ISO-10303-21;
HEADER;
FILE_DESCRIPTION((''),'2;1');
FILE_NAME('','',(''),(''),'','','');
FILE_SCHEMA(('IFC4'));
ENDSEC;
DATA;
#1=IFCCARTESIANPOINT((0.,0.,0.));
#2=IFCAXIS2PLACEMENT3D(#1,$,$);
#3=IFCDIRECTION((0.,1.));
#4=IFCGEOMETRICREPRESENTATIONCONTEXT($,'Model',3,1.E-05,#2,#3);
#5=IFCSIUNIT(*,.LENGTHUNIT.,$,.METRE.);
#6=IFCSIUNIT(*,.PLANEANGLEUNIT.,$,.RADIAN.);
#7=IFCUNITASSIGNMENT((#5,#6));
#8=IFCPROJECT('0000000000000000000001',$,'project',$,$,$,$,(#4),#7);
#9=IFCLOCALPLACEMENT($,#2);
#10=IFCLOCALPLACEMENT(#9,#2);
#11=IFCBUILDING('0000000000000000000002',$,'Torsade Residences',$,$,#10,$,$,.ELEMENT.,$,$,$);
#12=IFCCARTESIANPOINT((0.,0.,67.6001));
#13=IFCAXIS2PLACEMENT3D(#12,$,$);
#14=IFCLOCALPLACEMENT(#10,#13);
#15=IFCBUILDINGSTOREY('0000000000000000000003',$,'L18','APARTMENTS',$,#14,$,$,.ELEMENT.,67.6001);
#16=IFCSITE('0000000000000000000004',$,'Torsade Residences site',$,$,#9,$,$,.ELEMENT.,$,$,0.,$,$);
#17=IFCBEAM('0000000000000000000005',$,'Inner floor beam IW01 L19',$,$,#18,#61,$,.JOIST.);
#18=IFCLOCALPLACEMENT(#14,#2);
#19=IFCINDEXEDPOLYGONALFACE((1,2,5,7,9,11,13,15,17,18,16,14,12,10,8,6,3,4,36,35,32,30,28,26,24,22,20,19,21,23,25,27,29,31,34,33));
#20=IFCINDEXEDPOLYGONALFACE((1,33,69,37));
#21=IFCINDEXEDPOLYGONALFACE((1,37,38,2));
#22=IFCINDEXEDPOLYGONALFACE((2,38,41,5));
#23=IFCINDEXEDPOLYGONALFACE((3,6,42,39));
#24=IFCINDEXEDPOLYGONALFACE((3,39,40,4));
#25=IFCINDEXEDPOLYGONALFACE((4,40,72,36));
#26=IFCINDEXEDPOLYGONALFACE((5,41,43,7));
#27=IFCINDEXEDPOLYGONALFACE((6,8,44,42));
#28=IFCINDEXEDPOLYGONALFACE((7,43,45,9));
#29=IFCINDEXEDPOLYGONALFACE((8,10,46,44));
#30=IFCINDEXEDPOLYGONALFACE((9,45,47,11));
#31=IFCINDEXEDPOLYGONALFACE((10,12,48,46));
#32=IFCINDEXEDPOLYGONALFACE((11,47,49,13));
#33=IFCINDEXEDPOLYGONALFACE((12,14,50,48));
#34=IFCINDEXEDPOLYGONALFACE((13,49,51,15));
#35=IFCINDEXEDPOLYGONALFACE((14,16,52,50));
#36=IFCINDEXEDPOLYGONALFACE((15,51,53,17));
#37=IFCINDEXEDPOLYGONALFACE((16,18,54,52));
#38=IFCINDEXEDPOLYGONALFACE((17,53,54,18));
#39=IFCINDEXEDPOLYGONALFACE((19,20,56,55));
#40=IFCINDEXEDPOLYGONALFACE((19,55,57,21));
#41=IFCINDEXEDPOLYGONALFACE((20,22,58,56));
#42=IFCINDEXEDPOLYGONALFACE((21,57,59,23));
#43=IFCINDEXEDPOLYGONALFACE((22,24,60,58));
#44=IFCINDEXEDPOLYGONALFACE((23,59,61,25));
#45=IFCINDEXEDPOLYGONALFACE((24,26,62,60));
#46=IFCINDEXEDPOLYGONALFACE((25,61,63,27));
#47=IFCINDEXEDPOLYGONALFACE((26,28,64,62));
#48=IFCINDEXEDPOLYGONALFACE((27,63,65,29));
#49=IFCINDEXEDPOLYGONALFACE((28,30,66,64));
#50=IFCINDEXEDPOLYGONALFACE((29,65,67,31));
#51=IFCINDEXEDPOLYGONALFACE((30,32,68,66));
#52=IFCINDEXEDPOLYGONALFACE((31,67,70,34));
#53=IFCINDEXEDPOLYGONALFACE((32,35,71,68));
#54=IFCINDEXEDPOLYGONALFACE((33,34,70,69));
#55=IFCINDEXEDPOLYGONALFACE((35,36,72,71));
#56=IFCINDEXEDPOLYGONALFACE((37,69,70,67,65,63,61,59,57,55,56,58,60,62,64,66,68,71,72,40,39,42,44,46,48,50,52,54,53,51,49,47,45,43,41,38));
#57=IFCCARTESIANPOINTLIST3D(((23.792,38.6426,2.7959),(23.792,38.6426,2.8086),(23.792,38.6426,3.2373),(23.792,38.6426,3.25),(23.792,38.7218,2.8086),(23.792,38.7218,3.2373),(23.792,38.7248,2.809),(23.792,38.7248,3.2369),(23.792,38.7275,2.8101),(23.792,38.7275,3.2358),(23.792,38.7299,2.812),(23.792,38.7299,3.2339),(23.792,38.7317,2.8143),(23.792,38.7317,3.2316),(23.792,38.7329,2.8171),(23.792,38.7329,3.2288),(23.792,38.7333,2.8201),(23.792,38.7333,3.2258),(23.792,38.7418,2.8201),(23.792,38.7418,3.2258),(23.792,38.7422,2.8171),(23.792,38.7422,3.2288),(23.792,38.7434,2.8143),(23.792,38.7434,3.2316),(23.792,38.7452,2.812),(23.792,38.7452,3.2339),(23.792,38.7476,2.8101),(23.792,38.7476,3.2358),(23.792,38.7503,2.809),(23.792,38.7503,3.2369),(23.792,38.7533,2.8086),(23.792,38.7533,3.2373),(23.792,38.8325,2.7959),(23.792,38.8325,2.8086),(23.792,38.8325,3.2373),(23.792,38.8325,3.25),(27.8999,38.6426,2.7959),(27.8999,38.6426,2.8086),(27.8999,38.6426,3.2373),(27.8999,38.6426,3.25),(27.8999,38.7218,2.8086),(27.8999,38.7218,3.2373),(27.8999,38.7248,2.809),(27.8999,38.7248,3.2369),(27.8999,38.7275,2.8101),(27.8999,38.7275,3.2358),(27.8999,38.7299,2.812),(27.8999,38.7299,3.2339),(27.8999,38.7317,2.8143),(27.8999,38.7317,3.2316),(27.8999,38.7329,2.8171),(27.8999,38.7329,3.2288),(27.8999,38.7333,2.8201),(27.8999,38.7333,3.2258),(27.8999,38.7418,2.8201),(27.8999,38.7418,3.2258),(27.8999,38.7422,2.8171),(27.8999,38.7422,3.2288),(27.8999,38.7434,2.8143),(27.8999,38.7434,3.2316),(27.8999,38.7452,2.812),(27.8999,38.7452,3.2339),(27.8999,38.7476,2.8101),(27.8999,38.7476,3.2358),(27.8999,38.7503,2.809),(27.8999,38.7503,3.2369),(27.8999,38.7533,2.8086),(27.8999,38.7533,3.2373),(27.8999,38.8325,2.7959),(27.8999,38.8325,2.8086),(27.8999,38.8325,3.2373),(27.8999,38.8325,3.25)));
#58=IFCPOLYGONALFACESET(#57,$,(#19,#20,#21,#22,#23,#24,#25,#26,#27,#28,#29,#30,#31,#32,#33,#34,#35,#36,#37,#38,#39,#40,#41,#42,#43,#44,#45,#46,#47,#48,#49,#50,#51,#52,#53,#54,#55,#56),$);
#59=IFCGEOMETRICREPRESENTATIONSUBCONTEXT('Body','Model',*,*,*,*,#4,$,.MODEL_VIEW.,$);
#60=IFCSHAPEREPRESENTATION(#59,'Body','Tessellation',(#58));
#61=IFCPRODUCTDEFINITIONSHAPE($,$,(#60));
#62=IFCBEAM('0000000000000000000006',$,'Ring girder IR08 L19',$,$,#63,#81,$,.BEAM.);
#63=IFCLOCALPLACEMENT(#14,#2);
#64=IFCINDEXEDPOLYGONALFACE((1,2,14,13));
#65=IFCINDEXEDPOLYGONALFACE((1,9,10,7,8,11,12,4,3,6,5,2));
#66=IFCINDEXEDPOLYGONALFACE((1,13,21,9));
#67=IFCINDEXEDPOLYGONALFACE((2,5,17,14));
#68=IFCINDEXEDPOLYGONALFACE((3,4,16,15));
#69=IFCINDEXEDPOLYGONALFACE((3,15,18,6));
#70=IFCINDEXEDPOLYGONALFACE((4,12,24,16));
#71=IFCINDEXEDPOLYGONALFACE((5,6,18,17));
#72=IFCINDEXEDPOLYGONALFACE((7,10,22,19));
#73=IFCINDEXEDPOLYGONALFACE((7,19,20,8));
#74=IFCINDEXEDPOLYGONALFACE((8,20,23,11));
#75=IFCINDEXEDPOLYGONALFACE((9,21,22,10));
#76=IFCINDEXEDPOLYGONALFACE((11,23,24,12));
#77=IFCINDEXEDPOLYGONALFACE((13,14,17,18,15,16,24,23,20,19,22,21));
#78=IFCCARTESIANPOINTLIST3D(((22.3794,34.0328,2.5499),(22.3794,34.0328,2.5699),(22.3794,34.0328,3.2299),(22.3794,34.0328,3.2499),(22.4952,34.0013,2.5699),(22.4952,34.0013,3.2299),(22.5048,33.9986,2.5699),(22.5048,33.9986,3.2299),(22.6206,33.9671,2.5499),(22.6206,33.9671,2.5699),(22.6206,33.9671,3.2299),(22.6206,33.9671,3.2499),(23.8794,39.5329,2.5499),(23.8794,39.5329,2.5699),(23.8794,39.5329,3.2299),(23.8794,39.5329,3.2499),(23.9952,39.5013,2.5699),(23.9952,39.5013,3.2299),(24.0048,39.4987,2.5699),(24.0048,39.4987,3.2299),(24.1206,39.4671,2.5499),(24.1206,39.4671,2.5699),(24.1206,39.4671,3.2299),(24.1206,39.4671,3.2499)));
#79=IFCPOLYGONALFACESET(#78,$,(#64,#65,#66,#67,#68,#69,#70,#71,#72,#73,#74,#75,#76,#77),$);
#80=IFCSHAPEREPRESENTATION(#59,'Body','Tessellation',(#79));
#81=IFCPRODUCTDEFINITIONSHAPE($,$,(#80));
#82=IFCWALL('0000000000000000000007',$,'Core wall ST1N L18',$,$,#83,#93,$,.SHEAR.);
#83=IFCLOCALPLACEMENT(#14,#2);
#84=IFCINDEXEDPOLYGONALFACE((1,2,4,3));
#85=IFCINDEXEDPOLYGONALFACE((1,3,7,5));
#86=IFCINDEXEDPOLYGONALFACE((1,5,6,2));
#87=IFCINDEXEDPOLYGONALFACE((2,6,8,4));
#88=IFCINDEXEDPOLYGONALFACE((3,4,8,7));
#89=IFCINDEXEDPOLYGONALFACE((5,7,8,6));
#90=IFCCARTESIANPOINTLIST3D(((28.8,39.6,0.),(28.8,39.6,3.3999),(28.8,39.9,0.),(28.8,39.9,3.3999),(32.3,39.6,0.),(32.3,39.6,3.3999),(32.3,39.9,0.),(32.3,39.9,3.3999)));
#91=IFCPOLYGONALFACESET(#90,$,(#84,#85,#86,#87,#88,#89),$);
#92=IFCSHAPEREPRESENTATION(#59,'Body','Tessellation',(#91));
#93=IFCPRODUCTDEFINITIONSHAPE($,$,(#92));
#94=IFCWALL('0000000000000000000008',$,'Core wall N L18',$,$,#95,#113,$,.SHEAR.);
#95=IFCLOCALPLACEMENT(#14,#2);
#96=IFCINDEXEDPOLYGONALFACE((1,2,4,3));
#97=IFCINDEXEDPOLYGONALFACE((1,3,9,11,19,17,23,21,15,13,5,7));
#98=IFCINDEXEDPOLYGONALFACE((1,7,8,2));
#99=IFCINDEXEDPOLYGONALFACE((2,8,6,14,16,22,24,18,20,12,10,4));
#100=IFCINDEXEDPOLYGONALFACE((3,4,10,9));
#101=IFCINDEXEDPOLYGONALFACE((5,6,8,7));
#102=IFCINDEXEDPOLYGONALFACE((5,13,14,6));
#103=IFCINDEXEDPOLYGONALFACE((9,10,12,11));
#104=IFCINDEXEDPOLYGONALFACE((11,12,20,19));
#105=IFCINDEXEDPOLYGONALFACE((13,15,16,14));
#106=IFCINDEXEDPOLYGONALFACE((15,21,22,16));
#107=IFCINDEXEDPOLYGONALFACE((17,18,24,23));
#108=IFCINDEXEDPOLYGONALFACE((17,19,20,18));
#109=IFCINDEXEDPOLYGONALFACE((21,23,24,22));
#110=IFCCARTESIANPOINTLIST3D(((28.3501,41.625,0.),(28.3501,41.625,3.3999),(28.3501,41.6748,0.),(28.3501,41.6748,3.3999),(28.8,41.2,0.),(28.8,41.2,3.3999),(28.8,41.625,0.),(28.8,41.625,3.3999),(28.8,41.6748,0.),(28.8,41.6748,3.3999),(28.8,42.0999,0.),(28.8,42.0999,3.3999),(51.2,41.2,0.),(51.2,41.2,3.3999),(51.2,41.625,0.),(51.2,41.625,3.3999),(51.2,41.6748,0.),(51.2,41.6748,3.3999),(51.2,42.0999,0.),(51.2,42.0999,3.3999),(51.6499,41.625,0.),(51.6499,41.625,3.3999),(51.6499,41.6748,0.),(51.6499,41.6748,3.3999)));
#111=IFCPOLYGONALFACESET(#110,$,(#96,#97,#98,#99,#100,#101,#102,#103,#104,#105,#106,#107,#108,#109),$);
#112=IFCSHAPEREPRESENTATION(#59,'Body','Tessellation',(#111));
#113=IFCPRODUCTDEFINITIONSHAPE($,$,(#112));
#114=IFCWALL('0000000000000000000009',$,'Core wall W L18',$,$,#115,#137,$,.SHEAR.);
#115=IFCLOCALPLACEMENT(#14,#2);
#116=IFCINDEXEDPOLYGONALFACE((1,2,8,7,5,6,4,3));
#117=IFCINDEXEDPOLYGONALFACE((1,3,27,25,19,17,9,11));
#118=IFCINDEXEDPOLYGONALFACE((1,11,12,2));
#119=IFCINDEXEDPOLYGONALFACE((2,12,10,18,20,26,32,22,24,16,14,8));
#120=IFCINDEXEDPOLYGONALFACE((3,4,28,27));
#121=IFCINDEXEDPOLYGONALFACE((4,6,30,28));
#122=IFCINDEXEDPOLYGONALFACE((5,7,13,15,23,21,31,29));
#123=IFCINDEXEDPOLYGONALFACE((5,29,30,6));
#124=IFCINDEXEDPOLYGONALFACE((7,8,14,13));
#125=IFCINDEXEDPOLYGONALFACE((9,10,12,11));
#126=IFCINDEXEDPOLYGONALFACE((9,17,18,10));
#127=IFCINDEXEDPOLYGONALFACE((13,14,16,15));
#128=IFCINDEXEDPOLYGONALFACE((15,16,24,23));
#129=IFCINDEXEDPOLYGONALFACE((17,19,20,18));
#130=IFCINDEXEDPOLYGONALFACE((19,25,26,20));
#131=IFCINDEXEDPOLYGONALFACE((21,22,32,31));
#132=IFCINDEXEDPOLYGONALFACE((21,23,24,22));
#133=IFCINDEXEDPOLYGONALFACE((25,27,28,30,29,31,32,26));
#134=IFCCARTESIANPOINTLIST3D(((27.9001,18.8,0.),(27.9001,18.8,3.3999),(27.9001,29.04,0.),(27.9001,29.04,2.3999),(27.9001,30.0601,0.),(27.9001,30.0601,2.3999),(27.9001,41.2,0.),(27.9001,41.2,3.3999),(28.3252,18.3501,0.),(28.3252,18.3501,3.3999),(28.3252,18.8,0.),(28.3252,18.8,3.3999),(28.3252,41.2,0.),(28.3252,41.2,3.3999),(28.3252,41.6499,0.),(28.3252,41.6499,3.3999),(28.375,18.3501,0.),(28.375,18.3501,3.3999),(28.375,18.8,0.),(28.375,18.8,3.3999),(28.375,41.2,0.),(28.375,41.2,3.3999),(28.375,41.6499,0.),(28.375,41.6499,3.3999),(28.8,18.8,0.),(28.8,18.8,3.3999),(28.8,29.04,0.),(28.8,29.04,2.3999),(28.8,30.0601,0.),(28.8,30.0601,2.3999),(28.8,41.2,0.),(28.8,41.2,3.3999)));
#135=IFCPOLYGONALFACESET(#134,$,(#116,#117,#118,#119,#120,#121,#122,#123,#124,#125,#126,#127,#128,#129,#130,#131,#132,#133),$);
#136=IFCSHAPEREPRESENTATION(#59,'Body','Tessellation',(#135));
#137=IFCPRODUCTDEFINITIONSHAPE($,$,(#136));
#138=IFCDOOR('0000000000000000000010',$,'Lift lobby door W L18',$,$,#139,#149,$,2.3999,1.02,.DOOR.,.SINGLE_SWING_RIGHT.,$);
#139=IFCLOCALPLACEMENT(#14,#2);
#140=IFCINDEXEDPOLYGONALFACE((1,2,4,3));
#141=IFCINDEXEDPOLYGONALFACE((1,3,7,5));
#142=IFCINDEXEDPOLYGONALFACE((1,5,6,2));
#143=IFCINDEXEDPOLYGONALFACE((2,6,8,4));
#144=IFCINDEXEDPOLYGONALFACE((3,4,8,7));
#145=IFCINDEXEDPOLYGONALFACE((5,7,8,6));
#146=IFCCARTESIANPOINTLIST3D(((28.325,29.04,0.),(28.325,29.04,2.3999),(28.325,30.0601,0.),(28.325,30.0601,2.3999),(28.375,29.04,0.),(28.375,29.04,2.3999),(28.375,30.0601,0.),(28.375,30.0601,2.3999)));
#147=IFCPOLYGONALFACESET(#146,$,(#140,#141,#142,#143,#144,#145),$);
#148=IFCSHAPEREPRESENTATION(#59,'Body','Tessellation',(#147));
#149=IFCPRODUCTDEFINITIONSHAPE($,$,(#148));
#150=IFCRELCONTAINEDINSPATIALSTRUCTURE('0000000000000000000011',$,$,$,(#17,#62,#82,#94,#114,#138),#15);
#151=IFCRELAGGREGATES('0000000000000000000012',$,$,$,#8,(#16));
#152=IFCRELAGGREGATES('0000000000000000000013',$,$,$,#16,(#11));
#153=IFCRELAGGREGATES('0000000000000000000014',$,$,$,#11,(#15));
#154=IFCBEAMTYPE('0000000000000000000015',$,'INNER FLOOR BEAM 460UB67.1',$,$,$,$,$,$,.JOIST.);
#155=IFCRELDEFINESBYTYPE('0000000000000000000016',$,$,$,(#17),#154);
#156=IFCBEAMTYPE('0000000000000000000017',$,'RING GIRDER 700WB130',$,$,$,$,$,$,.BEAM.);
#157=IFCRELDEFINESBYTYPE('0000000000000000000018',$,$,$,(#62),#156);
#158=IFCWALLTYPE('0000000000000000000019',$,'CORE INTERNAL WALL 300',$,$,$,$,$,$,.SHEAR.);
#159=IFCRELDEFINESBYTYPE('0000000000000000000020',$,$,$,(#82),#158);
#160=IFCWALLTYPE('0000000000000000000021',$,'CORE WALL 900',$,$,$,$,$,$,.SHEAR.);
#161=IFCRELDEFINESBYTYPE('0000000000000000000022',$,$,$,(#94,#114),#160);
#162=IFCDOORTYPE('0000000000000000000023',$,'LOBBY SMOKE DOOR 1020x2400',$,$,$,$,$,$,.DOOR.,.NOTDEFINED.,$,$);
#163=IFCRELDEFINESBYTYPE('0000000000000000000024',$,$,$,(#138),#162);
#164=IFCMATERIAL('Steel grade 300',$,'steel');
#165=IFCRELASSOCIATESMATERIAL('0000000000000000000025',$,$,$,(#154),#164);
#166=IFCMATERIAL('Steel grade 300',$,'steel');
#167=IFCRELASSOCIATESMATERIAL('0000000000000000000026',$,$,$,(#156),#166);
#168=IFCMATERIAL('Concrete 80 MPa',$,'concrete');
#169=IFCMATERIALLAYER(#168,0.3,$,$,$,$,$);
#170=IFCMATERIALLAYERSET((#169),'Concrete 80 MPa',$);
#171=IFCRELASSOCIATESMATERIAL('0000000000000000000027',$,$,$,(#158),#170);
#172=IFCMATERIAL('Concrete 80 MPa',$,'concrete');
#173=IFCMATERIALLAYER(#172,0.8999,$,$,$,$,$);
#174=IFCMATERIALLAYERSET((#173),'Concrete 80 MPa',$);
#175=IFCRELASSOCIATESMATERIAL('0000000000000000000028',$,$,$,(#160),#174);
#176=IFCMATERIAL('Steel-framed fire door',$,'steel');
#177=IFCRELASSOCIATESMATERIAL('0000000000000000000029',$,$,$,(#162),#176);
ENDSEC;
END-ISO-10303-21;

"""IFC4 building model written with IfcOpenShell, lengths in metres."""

from ifc_helpers import new_model, si_unit, direction, frame, frame_2d, origin, origin_2d, place, context, subcontext, project, spatial, polyline, rectangle, i_section, outline, extrude, material, layer, layer_set, material_profile, profile_set, type_object, element, fill, save


model = new_model("IFC4")

# Units and contexts
model_context = context("Model", 3, precision=1e-05, world=origin(), true_north=direction((0.0, 1.0)))
body_context = subcontext(model_context, "Body", "Model", "MODEL_VIEW")
ifc_project = project(units=[si_unit("LENGTHUNIT", "METRE"), si_unit("PLANEANGLEUNIT", "RADIAN")], contexts=[model_context])

# Site, building, storey
site_placement = place(None, origin())
site = spatial("IfcSite", under=ifc_project, at=site_placement, Name="Torsade Residences site", CompositionType="ELEMENT", RefElevation=0.0)
building_placement = place(site_placement, origin())
building = spatial("IfcBuilding", under=site, at=building_placement, Name="Torsade Residences", CompositionType="ELEMENT")
storey_placement = place(building_placement, frame((0.0, 0.0, 67.6001)))
storey = spatial("IfcBuildingStorey", under=building, at=storey_placement, Name="L18", Description="APARTMENTS", CompositionType="ELEMENT", Elevation=67.6001)

# Beams
ifc_material_1 = material(Name="Steel grade 300", Category="steel")
ifc_material_profile_1 = material_profile(ifc_material_1, i_section(OverallWidth=0.1899, OverallDepth=0.4541, WebThickness=0.0085, FlangeThickness=0.0127, FilletRadius=0.0115, at=origin_2d()), Name="460UB67.1")
ifc_profile_set_1 = profile_set([ifc_material_profile_1], Name="Steel grade 300")
beam_type_1 = type_object("IfcBeamType", Name="INNER FLOOR BEAM 460UB67.1", PredefinedType="JOIST", material=ifc_profile_set_1)
beam_1_placement = place(storey_placement, frame((27.8999, 38.7375, 3.0229), z_axis=(-1.0, 0.0, 0.0), x_axis=(0.0, -1.0, 0.0)))
element("IfcBeam", 1, at=beam_1_placement, inside=storey, type_object=beam_type_1, Name="Inner floor beam IW01 L19", PredefinedType="JOIST", context=body_context, shape_type="SweptSolid", body=[
    extrude(i_section(OverallWidth=0.1899, OverallDepth=0.4541, WebThickness=0.0085, FlangeThickness=0.0127, FilletRadius=0.0115, at=origin_2d()), origin(), (0.0, 0.0, 1.0), 4.1079),
])
ifc_material_2 = material(Name="Steel grade 300", Category="steel")
ifc_material_profile_2 = material_profile(ifc_material_2, i_section(OverallWidth=0.25, OverallDepth=0.7, WebThickness=0.01, FlangeThickness=0.02, at=origin_2d()), Name="700WB130")
ifc_profile_set_2 = profile_set([ifc_material_profile_2], Name="Steel grade 300")
beam_type_2 = type_object("IfcBeamType", Name="RING GIRDER 700WB130", PredefinedType="BEAM", material=ifc_profile_set_2)
beam_2_placement = place(storey_placement, frame((24.0, 39.5, 2.8999), z_axis=(-0.263117, -0.964764, 0.0), x_axis=(0.964764, -0.263117, 0.0)))
element("IfcBeam", 2, at=beam_2_placement, inside=storey, type_object=beam_type_2, Name="Ring girder IR08 L19", PredefinedType="BEAM", context=body_context, shape_type="SweptSolid", body=[
    extrude(i_section(OverallWidth=0.25, OverallDepth=0.7, WebThickness=0.01, FlangeThickness=0.02, at=origin_2d()), origin(), (0.0, 0.0, 1.0), 5.7009),
])

# Walls
ifc_material_3 = material(Name="Concrete 80 MPa", Category="concrete")
ifc_layer_1 = layer(ifc_material_3, 0.3)
ifc_layer_set_1 = layer_set([ifc_layer_1], Name="Concrete 80 MPa")
wall_type_1 = type_object("IfcWallType", Name="CORE INTERNAL WALL 300", PredefinedType="SHEAR", material=ifc_layer_set_1)
wall_1_placement = place(storey_placement, frame((28.8, 39.75, 0.0), z_axis=(0.0, 0.0, 1.0), x_axis=(1.0, 0.0, 0.0)))
element("IfcWall", 3, at=wall_1_placement, inside=storey, type_object=wall_type_1, Name="Core wall ST1N L18", PredefinedType="SHEAR", context=body_context, shape_type="SweptSolid", body=[
    extrude(rectangle(XDim=3.5, YDim=0.3, at=frame_2d((1.75, 0.0))), origin(), (0.0, 0.0, 1.0), 3.3999),
])
ifc_material_4 = material(Name="Concrete 80 MPa", Category="concrete")
ifc_layer_2 = layer(ifc_material_4, 0.8999)
ifc_layer_set_2 = layer_set([ifc_layer_2], Name="Concrete 80 MPa")
wall_type_2 = type_object("IfcWallType", Name="CORE WALL 900", PredefinedType="SHEAR", material=ifc_layer_set_2)
wall_2_placement = place(storey_placement, frame((28.8, 41.6499, 0.0), z_axis=(0.0, 0.0, 1.0), x_axis=(1.0, 0.0, 0.0)))
element("IfcWall", 4, at=wall_2_placement, inside=storey, type_object=wall_type_2, Name="Core wall N L18", PredefinedType="SHEAR", context=body_context, shape_type="SweptSolid", body=[
    extrude(outline(polyline([(0.0, -0.45), (22.3999, -0.45), (22.3999, -0.0249), (22.8499, -0.0249), (22.8499, 0.0249), (22.3999, 0.0249), (22.3999, 0.45), (0.0, 0.45), (0.0, 0.0249), (-0.45, 0.0249), (-0.45, -0.0249), (0.0, -0.0249), (0.0, -0.45)])), origin(), (0.0, 0.0, 1.0), 3.3999),
])

# Wall, opening, door
wall_3_placement = place(storey_placement, frame((28.3501, 41.2, 0.0), z_axis=(0.0, 0.0, 1.0), x_axis=(0.0, -1.0, 0.0)))
wall_3 = element("IfcWall", 5, at=wall_3_placement, inside=storey, type_object=wall_type_2, Name="Core wall W L18", PredefinedType="SHEAR", context=body_context, shape_type="SweptSolid", body=[
    extrude(outline(polyline([(0.0, -0.45), (22.3999, -0.45), (22.3999, -0.0249), (22.8499, -0.0249), (22.8499, 0.0249), (22.3999, 0.0249), (22.3999, 0.45), (0.0, 0.45), (0.0, 0.0249), (-0.45, 0.0249), (-0.45, -0.0249), (0.0, -0.0249), (0.0, -0.45)])), origin(), (0.0, 0.0, 1.0), 3.3999),
])
opening_1_placement = place(wall_3_placement, frame((11.1399, 0.0, 0.0)))
opening_1 = element("IfcOpeningElement", 6, at=opening_1_placement, cuts=wall_3, PredefinedType="OPENING", context=body_context, shape_type="SweptSolid", body=[
    extrude(rectangle(XDim=1.02, YDim=2.3999, at=frame_2d((0.51, 1.2))), frame((0.0, 0.46, 0.0), z_axis=(0.0, -1.0, 0.0), x_axis=(1.0, 0.0, 0.0)), (0.0, 0.0, 1.0), 0.9199),
])
ifc_material_5 = material(Name="Steel-framed fire door", Category="steel")
door_type_1 = type_object("IfcDoorType", Name="LOBBY SMOKE DOOR 1020x2400", OperationType="NOTDEFINED", PredefinedType="DOOR", material=ifc_material_5)
door_1_placement = place(opening_1_placement, origin())
door_1 = element("IfcDoor", 7, at=door_1_placement, inside=storey, type_object=door_type_1, Name="Lift lobby door W L18", OperationType="SINGLE_SWING_RIGHT", OverallHeight=2.3999, OverallWidth=1.02, PredefinedType="DOOR", context=body_context, shape_type="SweptSolid", body=[
    extrude(rectangle(XDim=1.02, YDim=2.3999, at=frame_2d((0.51, 1.2))), frame((0.0, 0.0249, 0.0), z_axis=(0.0, -1.0, 0.0), x_axis=(1.0, 0.0, 0.0)), (0.0, 0.0, 1.0), 0.05),
])
fill(opening_1, door_1)

save(model, "model.ifc")
